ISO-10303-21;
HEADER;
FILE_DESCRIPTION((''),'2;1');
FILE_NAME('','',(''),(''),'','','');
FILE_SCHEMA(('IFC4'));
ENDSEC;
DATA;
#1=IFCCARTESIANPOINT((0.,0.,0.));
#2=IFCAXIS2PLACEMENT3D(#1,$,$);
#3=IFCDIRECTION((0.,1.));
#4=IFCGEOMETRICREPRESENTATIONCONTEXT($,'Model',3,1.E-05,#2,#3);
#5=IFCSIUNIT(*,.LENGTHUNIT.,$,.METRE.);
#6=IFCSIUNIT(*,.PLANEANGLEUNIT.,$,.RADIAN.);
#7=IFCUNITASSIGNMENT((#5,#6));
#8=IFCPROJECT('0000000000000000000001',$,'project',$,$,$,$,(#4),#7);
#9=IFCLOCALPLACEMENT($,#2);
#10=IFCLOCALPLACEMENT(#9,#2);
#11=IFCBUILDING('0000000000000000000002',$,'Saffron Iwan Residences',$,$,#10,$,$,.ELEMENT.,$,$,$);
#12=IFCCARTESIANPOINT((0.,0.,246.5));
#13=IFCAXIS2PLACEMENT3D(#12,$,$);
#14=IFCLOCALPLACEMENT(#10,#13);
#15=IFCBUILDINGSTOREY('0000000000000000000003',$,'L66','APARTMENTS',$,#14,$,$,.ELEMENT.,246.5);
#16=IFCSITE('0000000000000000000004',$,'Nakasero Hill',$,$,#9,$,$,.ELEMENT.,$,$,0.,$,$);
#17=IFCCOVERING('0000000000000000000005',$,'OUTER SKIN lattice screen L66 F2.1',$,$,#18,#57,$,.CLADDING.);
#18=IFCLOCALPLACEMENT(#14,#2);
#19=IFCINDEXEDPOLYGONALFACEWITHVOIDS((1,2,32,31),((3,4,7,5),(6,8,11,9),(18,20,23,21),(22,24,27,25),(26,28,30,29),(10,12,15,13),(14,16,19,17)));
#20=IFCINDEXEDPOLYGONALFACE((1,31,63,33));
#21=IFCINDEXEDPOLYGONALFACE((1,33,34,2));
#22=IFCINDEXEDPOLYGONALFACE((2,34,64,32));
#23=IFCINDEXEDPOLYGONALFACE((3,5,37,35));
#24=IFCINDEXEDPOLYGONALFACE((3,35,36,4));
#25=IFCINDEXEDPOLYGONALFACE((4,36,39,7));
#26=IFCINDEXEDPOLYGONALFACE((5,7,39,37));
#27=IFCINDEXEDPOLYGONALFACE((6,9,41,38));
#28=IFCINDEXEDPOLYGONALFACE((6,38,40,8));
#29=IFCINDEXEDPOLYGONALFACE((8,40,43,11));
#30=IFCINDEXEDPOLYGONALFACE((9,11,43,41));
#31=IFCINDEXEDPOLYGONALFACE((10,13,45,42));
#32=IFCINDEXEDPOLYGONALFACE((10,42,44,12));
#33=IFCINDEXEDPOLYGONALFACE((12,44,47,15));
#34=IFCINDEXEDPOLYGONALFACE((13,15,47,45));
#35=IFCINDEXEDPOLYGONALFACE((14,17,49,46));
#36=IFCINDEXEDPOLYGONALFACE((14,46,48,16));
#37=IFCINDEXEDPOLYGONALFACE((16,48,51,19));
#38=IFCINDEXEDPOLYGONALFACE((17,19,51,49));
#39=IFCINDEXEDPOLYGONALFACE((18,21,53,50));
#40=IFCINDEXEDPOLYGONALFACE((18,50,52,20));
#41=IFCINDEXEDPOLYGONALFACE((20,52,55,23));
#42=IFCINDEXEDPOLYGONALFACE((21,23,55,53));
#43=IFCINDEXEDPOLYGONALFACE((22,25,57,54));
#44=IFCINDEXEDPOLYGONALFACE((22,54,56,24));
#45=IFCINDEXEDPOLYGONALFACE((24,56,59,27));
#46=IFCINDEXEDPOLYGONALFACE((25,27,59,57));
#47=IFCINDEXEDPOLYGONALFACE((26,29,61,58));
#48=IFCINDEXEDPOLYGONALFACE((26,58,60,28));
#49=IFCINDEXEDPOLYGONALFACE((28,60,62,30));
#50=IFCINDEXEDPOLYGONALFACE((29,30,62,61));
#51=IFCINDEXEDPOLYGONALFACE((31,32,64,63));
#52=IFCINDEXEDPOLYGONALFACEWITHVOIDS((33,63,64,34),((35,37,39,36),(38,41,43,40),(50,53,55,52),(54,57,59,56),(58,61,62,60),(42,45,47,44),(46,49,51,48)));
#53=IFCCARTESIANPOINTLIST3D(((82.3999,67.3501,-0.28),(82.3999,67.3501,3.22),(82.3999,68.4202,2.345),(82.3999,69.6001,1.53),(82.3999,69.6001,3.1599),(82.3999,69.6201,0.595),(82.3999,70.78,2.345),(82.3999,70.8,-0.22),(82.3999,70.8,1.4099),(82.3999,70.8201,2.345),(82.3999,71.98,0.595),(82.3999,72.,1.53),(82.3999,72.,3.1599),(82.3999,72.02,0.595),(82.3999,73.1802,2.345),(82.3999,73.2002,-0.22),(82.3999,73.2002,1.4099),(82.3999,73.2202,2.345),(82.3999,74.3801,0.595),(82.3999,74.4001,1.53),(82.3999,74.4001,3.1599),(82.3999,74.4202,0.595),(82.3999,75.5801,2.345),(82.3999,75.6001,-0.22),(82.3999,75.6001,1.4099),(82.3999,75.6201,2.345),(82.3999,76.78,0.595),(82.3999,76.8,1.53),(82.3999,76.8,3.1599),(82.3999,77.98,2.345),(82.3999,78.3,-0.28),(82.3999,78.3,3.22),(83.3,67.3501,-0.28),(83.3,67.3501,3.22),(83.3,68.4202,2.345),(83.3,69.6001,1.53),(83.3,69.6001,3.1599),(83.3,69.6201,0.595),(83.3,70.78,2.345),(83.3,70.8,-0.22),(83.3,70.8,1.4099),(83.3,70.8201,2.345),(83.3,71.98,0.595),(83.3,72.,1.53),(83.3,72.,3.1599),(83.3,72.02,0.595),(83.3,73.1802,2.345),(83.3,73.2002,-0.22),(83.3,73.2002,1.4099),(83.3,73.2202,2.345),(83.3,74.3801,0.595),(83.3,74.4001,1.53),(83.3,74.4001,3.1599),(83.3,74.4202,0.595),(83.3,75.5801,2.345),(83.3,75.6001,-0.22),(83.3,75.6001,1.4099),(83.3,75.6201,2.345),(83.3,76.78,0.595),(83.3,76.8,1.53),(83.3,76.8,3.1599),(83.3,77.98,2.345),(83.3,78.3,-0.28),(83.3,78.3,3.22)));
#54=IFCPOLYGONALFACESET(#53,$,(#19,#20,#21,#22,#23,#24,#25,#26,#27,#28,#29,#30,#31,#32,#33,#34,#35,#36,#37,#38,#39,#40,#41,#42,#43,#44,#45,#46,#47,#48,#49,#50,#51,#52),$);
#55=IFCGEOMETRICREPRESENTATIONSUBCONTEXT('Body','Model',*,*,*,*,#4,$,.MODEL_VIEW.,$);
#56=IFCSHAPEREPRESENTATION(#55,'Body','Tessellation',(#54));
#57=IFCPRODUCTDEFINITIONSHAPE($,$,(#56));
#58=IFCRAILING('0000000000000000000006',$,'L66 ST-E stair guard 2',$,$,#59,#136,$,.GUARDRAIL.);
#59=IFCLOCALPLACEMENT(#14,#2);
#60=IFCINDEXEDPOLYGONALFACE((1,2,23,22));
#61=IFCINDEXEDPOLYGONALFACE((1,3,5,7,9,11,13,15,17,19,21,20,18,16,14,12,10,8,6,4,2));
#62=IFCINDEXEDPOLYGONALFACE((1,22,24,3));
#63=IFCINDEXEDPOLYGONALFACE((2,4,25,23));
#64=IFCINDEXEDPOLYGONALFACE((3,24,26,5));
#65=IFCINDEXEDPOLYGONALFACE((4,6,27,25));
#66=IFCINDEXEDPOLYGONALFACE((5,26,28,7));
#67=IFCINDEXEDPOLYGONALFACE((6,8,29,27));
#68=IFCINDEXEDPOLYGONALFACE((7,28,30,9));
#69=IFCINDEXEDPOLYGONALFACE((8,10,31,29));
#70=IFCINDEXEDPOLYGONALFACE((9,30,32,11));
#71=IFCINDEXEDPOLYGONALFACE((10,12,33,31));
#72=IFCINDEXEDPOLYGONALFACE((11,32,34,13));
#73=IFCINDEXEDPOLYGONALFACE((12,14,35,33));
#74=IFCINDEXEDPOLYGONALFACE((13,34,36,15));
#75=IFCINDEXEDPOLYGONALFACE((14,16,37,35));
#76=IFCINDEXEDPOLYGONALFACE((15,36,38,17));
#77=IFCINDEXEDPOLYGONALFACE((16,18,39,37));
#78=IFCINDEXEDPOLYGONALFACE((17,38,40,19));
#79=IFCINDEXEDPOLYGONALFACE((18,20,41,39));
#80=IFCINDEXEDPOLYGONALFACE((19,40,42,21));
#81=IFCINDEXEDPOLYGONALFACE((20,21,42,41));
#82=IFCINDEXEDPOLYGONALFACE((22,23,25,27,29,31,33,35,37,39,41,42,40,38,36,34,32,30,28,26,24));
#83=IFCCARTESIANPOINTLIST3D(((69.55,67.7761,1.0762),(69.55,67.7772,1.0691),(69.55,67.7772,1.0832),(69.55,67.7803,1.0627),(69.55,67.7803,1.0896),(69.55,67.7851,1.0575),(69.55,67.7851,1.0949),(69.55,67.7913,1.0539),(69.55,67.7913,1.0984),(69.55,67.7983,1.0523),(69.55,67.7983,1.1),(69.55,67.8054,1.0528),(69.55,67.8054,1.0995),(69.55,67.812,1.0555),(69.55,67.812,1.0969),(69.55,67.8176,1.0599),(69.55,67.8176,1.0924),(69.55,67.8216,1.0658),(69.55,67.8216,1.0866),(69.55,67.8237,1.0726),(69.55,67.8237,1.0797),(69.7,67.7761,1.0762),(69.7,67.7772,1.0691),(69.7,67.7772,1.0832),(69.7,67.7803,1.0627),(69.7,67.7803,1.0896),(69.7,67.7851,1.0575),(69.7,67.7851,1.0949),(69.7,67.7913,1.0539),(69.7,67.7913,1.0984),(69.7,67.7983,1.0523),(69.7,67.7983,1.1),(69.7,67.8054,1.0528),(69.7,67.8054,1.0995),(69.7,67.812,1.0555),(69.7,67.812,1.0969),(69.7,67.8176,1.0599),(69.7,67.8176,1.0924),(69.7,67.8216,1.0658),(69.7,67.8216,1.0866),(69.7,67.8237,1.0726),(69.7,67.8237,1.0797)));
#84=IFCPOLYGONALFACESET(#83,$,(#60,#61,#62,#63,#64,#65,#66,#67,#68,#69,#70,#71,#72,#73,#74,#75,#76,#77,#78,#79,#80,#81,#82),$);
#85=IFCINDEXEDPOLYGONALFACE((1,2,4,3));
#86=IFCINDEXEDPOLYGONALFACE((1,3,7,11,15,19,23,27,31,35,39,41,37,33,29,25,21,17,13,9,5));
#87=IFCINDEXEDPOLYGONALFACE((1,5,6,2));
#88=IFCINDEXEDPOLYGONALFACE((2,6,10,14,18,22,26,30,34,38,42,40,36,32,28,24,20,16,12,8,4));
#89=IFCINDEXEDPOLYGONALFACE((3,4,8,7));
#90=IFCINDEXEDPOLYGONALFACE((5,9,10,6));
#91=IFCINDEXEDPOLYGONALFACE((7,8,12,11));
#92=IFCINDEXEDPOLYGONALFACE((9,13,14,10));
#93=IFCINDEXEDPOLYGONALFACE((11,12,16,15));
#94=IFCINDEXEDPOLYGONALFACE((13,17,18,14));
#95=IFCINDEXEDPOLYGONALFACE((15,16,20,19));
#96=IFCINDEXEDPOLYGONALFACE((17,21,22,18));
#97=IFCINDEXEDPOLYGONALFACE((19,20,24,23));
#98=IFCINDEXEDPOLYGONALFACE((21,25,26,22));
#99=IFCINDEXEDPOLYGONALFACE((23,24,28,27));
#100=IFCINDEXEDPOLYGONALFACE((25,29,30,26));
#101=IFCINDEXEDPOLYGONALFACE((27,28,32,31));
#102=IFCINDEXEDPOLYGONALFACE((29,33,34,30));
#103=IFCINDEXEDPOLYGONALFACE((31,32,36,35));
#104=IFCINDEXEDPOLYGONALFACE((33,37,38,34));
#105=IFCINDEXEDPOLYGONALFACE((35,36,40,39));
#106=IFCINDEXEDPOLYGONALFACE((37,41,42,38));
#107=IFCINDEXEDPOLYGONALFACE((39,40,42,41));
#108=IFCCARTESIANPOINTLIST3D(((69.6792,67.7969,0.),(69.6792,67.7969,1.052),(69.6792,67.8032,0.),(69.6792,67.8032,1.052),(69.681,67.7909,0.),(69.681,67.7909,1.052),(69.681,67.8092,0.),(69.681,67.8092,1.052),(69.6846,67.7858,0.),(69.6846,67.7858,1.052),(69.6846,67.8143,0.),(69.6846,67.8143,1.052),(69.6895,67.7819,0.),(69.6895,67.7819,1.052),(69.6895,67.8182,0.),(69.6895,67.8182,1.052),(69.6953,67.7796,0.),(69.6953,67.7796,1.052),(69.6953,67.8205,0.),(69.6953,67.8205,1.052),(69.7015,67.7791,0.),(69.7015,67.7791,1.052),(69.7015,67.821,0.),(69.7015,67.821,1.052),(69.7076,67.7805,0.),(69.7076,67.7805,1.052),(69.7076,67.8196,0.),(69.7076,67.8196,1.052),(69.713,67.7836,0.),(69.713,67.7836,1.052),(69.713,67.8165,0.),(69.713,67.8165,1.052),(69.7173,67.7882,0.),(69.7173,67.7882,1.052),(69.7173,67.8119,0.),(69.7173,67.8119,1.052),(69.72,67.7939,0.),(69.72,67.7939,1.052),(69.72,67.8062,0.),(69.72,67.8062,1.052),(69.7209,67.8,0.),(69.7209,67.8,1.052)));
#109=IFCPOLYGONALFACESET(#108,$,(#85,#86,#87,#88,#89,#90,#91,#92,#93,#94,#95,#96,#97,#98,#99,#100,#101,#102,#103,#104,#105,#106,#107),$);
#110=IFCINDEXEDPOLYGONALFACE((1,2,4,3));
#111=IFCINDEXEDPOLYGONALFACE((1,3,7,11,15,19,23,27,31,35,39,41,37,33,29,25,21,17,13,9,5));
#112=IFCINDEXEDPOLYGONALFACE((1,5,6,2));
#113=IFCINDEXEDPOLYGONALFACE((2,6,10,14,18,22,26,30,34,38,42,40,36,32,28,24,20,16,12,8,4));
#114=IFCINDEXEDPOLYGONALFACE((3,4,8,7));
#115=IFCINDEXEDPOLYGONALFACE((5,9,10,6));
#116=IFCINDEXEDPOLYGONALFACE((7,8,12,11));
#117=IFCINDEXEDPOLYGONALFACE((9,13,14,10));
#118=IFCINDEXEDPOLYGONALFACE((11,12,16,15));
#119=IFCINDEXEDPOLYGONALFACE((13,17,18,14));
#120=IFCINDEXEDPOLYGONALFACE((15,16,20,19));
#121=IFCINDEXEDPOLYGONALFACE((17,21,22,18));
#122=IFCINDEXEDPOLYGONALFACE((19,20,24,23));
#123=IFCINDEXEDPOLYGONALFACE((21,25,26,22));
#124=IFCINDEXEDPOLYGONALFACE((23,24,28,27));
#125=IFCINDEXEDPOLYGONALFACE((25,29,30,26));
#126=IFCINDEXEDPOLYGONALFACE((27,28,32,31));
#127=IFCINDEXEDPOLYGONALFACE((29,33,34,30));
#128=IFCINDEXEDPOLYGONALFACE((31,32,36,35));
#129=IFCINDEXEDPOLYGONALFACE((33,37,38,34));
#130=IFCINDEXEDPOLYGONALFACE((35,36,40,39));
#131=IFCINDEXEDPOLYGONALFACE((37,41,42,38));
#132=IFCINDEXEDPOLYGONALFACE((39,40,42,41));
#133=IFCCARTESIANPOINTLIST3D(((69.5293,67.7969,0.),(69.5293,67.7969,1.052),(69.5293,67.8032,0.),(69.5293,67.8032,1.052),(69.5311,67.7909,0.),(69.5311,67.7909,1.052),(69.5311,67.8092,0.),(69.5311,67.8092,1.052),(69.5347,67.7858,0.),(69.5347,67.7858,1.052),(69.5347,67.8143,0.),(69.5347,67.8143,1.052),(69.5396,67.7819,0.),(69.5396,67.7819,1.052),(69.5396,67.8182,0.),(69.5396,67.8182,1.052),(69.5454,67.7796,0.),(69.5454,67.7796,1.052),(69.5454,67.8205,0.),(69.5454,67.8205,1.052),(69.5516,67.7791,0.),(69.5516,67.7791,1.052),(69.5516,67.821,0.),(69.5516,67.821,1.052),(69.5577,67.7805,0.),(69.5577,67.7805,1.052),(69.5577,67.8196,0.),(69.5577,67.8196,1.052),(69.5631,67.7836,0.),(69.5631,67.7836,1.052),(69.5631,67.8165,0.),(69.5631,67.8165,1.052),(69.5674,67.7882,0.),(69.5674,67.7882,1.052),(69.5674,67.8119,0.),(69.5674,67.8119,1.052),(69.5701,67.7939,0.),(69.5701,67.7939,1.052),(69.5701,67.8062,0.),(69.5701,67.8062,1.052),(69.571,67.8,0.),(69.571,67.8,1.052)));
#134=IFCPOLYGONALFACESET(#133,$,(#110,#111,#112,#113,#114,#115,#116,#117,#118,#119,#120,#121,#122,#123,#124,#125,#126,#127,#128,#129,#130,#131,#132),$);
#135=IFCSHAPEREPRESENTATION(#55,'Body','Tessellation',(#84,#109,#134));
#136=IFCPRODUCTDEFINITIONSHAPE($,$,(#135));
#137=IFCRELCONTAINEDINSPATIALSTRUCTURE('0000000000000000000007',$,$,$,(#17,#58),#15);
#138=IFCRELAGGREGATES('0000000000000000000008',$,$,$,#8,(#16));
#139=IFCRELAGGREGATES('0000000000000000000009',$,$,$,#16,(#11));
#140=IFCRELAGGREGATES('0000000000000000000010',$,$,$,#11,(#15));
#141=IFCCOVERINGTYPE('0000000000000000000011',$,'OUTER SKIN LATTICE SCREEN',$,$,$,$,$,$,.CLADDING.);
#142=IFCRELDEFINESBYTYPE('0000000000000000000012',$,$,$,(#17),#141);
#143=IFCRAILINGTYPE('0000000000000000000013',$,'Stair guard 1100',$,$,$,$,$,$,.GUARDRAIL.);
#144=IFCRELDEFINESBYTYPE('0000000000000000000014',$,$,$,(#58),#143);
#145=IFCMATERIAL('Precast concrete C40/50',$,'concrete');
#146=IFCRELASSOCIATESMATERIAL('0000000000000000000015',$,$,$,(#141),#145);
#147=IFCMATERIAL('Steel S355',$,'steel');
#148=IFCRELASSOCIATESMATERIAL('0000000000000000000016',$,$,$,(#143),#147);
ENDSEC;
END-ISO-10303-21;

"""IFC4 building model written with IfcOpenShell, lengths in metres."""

from ifc_helpers import new_model, si_unit, direction, frame, origin, origin_2d, place, context, subcontext, project, spatial, polyline, circle, outline, extrude, material, type_object, element, save


model = new_model("IFC4")

# Units and contexts
model_context = context("Model", 3, precision=1e-05, world=origin(), true_north=direction((0.0, 1.0)))
body_context = subcontext(model_context, "Body", "Model", "MODEL_VIEW")
ifc_project = project(units=[si_unit("LENGTHUNIT", "METRE"), si_unit("PLANEANGLEUNIT", "RADIAN")], contexts=[model_context])

# Site, building, storey
site_placement = place(None, origin())
site = spatial("IfcSite", under=ifc_project, at=site_placement, Name="Nakasero Hill", CompositionType="ELEMENT", RefElevation=0.0)
building_placement = place(site_placement, origin())
building = spatial("IfcBuilding", under=site, at=building_placement, Name="Saffron Iwan Residences", CompositionType="ELEMENT")
storey_placement = place(building_placement, frame((0.0, 0.0, 246.5)))
storey = spatial("IfcBuildingStorey", under=building, at=storey_placement, Name="L66", Description="APARTMENTS", CompositionType="ELEMENT", Elevation=246.5)

# Covering
ifc_material_1 = material(Name="Precast concrete C40/50", Category="concrete")
covering_type = type_object("IfcCoveringType", Name="OUTER SKIN LATTICE SCREEN", PredefinedType="CLADDING", material=ifc_material_1)
covering_placement = place(storey_placement, frame((82.3999, 67.3501, -0.28), z_axis=(1.0, 0.0, 0.0), x_axis=(0.0, 1.0, 0.0)))
element("IfcCovering", 1, at=covering_placement, inside=storey, type_object=covering_type, Name="OUTER SKIN lattice screen L66 F2.1", PredefinedType="CLADDING", context=body_context, shape_type="SweptSolid", body=[
    extrude(outline(polyline([(0.0, 0.0), (10.95, 0.0), (10.95, 3.5), (0.0, 3.5), (0.0, 0.0)]), holes=[polyline([(2.27, 0.875), (3.45, 0.0601), (4.6299, 0.875), (3.45, 1.6899), (2.27, 0.875)]), polyline([(4.6699, 0.875), (5.8501, 0.0601), (7.03, 0.875), (5.8501, 1.6899), (4.6699, 0.875)]), polyline([(7.0701, 0.875), (8.25, 0.0601), (9.4299, 0.875), (8.25, 1.6899), (7.0701, 0.875)]), polyline([(1.0701, 2.625), (2.25, 1.8101), (3.4299, 2.625), (2.25, 3.4399), (1.0701, 2.625)]), polyline([(3.47, 2.625), (4.6499, 1.8101), (5.8301, 2.625), (4.6499, 3.4399), (3.47, 2.625)]), polyline([(5.8701, 2.625), (7.05, 1.8101), (8.23, 2.625), (7.05, 3.4399), (5.8701, 2.625)]), polyline([(8.27, 2.625), (9.45, 1.8101), (10.6299, 2.625), (9.45, 3.4399), (8.27, 2.625)])]), origin(), (0.0, 0.0, 1.0), 0.9001),
])

# Railing
ifc_material_2 = material(Name="Steel S355", Category="steel")
railing_type_1 = type_object("IfcRailingType", Name="Stair guard 1100", PredefinedType="GUARDRAIL", material=ifc_material_2)
railing_1_placement = place(storey_placement, frame((69.7, 67.8, 0.0)))
element("IfcRailing", 2, at=railing_1_placement, inside=storey, type_object=railing_type_1, Name="L66 ST-E stair guard 2", PredefinedType="GUARDRAIL", context=body_context, shape_type="SweptSolid", body=[
    extrude(circle(Radius=0.0239, at=origin_2d()), frame((0.0, 0.0, 1.0762), z_axis=(-1.0, 0.0, 0.0), x_axis=(0.0, -1.0, 0.0)), (0.0, 0.0, 1.0), 0.1499),
    extrude(circle(Radius=0.021, at=origin_2d()), origin(), (0.0, 0.0, 1.0), 1.052),
    extrude(circle(Radius=0.021, at=origin_2d()), frame((-0.1499, 0.0, 0.0)), (0.0, 0.0, 1.0), 1.052),
])

save(model, "model.ifc")
